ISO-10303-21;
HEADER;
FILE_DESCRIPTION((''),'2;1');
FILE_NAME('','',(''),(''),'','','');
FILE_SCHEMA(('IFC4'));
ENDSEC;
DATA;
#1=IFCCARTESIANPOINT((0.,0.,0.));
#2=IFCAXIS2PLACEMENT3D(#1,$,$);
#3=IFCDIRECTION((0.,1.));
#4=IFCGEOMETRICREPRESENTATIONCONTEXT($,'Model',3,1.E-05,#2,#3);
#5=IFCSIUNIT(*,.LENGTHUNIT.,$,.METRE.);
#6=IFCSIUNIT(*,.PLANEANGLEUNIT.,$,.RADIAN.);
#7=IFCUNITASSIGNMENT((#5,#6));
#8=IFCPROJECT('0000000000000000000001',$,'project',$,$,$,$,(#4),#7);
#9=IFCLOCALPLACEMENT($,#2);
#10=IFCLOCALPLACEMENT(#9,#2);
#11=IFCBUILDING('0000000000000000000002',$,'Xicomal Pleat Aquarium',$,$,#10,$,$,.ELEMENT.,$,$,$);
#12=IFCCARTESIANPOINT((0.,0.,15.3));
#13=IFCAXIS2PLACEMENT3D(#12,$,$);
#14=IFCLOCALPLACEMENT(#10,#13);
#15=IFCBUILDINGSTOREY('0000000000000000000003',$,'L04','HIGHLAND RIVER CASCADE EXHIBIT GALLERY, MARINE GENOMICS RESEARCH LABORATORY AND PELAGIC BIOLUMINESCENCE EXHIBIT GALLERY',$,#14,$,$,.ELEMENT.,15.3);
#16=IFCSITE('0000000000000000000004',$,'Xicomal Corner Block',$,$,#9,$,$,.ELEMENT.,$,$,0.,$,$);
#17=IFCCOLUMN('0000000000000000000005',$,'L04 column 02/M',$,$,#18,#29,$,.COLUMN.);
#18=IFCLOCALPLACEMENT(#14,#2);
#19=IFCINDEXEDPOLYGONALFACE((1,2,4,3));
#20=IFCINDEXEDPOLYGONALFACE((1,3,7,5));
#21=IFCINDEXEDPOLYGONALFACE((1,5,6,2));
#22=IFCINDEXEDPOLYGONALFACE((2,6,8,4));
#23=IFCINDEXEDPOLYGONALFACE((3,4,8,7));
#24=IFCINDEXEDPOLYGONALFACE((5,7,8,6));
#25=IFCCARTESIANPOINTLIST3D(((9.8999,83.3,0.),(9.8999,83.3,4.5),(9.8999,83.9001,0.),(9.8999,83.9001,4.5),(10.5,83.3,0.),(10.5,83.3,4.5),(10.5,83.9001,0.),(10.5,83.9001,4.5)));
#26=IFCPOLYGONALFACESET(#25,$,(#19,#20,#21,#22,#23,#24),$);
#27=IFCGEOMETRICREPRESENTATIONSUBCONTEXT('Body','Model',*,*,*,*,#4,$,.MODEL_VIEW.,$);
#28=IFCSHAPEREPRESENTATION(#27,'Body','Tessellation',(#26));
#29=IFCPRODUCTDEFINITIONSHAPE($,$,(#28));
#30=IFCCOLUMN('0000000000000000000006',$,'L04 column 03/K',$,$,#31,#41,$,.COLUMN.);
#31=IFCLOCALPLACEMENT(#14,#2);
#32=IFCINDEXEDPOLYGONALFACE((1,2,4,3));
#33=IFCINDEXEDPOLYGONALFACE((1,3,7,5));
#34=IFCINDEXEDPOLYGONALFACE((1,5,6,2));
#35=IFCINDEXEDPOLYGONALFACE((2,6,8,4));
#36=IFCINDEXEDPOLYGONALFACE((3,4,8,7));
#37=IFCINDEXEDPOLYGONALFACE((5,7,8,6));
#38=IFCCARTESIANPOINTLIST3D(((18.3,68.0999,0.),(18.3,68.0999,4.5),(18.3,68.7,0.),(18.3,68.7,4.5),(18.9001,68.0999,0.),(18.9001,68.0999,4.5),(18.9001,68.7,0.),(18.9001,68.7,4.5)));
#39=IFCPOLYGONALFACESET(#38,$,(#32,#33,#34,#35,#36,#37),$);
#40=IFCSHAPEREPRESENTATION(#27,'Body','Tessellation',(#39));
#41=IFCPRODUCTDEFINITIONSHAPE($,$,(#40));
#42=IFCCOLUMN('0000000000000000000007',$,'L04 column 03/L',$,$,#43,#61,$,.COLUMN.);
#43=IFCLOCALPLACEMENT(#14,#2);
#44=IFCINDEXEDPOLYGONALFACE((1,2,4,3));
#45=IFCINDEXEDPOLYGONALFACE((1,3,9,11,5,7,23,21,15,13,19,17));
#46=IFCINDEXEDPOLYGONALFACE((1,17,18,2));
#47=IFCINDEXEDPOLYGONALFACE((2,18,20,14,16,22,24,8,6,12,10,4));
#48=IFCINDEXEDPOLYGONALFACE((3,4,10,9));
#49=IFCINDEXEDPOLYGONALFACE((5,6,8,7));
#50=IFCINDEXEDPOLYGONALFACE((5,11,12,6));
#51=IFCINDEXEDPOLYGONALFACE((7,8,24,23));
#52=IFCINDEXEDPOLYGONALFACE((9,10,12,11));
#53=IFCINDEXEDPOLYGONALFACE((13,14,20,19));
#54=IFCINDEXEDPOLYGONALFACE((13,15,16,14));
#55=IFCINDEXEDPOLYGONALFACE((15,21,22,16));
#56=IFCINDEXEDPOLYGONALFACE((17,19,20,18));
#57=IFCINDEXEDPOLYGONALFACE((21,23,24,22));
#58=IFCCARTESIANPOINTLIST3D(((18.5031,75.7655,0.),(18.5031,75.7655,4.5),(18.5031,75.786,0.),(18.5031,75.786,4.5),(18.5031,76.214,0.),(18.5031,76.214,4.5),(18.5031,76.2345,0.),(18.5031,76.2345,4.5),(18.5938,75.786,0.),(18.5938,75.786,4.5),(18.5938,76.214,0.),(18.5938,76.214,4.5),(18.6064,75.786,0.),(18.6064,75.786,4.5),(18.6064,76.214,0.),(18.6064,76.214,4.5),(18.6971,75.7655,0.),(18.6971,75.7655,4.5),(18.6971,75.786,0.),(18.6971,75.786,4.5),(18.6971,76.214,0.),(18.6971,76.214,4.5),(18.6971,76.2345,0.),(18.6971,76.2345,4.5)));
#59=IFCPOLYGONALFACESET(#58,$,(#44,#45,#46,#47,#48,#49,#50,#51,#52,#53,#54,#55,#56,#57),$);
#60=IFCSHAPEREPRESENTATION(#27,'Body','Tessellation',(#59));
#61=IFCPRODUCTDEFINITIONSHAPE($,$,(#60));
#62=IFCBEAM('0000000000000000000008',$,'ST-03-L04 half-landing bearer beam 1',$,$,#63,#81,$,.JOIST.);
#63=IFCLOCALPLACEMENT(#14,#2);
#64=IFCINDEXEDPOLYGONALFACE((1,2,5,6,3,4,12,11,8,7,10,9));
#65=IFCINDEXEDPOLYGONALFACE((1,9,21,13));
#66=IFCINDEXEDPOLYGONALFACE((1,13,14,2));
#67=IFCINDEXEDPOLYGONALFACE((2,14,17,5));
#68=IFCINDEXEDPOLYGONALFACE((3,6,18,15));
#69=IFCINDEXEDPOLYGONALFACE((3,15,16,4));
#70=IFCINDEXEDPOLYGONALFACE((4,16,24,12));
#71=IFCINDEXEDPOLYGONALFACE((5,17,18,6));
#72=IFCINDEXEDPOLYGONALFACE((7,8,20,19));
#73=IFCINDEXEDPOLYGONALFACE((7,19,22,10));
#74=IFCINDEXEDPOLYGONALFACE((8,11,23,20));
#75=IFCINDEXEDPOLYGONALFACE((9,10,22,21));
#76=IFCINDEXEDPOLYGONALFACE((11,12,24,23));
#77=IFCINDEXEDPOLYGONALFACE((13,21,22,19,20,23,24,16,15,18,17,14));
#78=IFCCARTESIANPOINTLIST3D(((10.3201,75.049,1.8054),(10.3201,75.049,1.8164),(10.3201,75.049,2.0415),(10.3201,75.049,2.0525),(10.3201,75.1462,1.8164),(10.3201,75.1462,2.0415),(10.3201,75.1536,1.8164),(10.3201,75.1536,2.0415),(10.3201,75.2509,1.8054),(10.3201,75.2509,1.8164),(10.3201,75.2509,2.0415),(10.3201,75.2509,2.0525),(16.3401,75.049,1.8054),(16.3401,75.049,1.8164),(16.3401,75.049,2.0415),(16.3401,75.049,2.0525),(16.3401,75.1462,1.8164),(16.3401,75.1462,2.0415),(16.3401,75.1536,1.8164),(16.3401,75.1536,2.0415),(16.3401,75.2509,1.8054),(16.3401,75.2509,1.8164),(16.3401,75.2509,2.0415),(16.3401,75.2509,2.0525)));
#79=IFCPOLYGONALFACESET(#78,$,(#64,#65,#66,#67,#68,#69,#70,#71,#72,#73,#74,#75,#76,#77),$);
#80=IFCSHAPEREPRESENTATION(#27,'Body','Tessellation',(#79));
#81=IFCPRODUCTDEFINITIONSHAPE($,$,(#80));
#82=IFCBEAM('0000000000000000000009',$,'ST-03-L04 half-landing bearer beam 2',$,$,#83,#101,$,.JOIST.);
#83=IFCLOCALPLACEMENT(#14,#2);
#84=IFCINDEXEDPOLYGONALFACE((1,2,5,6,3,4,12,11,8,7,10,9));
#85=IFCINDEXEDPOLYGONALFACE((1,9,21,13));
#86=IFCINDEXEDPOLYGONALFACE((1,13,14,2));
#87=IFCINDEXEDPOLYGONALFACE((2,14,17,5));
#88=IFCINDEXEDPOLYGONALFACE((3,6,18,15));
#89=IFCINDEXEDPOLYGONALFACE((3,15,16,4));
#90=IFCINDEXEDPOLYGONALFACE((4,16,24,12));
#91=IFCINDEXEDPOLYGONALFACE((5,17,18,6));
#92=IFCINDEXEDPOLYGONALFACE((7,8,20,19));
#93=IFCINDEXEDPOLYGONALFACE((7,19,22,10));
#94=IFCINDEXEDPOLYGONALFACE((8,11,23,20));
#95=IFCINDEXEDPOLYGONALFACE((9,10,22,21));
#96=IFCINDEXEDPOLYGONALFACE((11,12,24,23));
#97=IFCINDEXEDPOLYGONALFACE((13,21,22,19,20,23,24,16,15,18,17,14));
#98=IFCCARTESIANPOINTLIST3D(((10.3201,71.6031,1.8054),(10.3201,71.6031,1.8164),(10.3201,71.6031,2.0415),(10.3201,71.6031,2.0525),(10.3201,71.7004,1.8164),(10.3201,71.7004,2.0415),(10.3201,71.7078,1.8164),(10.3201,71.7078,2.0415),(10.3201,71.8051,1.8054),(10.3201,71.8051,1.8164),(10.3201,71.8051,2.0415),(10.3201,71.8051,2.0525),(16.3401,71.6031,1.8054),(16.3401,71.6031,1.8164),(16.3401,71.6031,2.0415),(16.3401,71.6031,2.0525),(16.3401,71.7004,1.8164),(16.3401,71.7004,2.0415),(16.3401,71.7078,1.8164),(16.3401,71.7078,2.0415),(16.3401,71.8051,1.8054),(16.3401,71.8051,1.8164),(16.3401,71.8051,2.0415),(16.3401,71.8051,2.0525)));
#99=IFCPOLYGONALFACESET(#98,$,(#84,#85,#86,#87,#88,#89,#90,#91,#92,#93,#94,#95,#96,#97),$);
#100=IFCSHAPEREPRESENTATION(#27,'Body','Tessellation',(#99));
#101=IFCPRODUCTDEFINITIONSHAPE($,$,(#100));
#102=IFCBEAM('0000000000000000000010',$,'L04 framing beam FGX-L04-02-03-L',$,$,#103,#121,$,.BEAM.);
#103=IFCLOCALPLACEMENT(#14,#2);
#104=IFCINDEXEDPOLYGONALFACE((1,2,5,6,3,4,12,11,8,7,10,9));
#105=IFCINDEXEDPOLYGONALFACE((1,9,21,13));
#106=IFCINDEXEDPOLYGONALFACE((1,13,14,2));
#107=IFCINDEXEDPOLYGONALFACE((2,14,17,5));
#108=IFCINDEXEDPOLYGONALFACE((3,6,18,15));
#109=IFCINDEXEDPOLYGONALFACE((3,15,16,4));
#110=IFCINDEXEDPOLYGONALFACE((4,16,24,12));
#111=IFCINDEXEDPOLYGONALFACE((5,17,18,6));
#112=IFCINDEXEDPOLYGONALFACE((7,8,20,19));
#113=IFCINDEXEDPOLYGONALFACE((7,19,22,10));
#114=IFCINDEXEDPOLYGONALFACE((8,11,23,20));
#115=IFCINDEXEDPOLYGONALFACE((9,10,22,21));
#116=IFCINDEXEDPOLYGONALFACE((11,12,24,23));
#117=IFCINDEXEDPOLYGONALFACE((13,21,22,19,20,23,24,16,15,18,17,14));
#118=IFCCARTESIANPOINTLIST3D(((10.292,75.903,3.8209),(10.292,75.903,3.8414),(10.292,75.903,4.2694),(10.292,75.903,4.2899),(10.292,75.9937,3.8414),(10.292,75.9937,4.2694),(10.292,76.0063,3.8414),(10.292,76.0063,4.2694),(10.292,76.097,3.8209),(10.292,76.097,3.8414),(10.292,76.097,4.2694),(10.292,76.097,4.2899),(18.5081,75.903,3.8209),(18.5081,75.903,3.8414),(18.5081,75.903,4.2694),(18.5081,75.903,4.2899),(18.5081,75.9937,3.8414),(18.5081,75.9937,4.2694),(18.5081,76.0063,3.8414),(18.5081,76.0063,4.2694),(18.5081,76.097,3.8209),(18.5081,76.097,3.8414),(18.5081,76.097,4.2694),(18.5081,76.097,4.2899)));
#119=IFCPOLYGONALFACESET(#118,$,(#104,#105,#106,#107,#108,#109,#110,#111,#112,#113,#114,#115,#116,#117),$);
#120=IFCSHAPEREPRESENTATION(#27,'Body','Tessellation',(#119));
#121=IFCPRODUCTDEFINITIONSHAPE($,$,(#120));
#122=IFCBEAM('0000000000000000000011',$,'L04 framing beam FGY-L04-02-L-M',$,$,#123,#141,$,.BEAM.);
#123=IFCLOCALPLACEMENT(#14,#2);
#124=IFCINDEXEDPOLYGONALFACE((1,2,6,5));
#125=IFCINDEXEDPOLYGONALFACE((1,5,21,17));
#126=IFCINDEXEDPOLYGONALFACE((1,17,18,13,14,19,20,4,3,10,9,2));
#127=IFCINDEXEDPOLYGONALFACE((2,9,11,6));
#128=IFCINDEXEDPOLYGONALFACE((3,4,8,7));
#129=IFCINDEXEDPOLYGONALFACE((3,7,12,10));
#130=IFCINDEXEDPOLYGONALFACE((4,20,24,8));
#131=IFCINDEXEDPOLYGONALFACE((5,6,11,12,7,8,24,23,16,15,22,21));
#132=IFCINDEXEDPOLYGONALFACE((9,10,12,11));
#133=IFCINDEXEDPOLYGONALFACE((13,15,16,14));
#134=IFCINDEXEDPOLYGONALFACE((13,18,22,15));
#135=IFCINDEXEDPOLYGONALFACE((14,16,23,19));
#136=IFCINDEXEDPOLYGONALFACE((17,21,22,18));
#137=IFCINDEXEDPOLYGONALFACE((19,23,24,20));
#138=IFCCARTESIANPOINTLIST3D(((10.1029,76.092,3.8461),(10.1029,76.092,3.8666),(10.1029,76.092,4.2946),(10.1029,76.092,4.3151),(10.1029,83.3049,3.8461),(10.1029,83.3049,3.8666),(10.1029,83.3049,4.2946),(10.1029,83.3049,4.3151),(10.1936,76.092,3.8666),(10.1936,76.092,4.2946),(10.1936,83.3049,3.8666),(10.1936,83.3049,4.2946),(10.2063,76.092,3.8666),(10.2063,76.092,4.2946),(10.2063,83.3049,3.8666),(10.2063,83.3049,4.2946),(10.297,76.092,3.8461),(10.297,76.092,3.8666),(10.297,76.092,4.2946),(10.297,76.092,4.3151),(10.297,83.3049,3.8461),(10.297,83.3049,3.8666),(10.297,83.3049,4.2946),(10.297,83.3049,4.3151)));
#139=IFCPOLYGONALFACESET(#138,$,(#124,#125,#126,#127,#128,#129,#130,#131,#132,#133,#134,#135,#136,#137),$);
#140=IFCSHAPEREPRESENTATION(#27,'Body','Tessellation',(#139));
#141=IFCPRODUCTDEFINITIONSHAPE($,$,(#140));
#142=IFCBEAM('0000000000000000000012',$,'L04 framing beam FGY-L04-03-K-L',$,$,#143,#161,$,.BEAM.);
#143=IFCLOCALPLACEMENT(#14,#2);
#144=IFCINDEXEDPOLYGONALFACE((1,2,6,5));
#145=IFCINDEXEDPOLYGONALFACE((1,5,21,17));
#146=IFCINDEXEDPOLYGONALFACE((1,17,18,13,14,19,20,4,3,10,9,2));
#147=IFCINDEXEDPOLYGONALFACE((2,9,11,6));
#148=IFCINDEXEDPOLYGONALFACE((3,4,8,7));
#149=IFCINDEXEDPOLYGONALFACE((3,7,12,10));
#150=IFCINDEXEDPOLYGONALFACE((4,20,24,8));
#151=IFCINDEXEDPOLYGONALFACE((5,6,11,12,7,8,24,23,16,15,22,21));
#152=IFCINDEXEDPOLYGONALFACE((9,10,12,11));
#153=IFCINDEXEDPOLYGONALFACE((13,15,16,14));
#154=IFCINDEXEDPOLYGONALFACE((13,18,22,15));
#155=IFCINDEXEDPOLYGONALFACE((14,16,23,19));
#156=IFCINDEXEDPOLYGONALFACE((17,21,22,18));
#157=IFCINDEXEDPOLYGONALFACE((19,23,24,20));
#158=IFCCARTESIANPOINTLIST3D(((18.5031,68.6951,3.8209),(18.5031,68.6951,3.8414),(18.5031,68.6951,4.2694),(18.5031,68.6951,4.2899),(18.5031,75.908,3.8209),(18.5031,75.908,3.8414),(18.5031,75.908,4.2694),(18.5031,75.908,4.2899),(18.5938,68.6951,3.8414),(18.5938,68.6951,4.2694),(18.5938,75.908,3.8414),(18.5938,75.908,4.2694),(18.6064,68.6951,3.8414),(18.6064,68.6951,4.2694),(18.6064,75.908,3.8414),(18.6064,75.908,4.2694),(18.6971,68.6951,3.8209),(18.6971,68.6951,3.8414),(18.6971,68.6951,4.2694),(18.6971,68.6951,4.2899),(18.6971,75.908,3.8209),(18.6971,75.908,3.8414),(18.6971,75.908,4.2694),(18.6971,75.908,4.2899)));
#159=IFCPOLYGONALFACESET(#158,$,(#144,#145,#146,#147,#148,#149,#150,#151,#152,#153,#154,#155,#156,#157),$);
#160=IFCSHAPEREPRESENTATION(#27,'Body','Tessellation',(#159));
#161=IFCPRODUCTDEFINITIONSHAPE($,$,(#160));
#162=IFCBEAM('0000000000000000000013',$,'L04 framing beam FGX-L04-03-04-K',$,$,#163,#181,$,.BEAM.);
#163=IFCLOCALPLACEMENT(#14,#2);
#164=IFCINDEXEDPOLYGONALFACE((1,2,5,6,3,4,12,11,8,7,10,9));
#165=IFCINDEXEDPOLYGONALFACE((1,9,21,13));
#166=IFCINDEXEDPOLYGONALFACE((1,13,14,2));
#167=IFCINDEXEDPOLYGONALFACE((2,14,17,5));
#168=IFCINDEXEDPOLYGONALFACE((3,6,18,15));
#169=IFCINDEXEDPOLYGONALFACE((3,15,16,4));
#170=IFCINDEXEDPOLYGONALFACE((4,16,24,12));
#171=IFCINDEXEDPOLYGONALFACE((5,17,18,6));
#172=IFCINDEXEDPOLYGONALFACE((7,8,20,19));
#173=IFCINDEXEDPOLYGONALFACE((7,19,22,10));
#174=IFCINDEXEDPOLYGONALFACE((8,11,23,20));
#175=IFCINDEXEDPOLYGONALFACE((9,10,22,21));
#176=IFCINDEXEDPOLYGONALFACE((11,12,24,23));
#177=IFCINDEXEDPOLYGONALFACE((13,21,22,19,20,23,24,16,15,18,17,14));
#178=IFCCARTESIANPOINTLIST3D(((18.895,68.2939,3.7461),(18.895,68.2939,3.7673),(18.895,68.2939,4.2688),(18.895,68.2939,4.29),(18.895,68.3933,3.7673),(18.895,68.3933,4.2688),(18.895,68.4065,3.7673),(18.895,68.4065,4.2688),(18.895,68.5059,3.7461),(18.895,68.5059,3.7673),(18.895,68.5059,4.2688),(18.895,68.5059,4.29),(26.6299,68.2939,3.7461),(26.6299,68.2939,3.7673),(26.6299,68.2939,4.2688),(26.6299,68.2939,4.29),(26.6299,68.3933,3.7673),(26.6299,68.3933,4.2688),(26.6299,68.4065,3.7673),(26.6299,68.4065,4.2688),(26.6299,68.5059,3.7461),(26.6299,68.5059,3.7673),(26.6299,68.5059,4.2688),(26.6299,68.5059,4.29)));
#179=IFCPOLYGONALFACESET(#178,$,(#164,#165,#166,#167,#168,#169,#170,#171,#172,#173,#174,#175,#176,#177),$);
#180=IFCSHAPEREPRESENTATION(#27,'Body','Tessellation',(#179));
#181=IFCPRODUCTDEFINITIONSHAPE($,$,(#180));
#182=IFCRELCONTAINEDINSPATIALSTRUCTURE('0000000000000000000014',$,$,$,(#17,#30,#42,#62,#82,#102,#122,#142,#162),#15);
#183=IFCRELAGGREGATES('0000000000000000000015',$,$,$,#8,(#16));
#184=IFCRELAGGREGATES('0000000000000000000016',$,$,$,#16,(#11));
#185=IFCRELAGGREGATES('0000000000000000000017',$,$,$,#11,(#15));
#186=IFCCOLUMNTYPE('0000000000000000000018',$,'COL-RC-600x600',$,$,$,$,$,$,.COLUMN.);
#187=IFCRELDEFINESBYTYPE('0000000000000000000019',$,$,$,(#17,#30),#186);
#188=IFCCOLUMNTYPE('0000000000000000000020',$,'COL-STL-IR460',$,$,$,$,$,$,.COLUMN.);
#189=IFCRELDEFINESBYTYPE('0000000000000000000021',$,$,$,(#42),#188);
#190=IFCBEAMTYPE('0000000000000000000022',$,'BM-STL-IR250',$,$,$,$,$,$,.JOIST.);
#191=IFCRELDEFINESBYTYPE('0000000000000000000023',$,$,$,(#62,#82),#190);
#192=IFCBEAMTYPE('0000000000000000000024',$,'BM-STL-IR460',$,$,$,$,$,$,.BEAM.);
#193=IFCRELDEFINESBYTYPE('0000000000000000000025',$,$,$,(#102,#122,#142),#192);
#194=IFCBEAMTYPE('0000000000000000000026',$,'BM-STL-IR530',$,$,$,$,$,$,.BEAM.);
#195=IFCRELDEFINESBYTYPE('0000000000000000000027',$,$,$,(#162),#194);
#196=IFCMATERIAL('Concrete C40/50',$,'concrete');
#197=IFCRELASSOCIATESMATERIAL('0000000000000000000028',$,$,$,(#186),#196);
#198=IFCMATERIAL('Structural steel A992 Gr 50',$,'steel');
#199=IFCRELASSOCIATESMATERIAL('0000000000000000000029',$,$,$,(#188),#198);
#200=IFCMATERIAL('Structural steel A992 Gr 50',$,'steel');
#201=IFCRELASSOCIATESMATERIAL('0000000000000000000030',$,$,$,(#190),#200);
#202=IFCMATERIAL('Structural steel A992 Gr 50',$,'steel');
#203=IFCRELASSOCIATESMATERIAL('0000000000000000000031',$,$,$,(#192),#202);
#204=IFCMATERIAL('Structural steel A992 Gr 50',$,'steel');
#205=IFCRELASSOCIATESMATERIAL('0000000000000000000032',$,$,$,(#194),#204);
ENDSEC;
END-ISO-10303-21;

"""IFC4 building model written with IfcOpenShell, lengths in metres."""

from ifc_helpers import new_model, si_unit, direction, frame, origin, origin_2d, place, context, subcontext, project, spatial, rectangle, i_section, extrude, material, material_profile, profile_set, type_object, element, save


model = new_model("IFC4")

# Units and contexts
model_context = context("Model", 3, precision=1e-05, world=origin(), true_north=direction((0.0, 1.0)))
body_context = subcontext(model_context, "Body", "Model", "MODEL_VIEW")
ifc_project = project(units=[si_unit("LENGTHUNIT", "METRE"), si_unit("PLANEANGLEUNIT", "RADIAN")], contexts=[model_context])

# Site, building, storey
site_placement = place(None, origin())
site = spatial("IfcSite", under=ifc_project, at=site_placement, Name="Xicomal Corner Block", CompositionType="ELEMENT", RefElevation=0.0)
building_placement = place(site_placement, origin())
building = spatial("IfcBuilding", under=site, at=building_placement, Name="Xicomal Pleat Aquarium", CompositionType="ELEMENT")
storey_placement = place(building_placement, frame((0.0, 0.0, 15.3)))
storey = spatial("IfcBuildingStorey", under=building, at=storey_placement, Name="L04", Description="HIGHLAND RIVER CASCADE EXHIBIT GALLERY, MARINE GENOMICS RESEARCH LABORATORY AND PELAGIC BIOLUMINESCENCE EXHIBIT GALLERY", CompositionType="ELEMENT", Elevation=15.3)

# Columns
ifc_material_1 = material(Name="Concrete C40/50", Category="concrete")
ifc_material_profile_1 = material_profile(ifc_material_1, rectangle(XDim=0.6001, YDim=0.6001, at=origin_2d()), Name="RC 600x600")
ifc_profile_set_1 = profile_set([ifc_material_profile_1], Name="Concrete C40/50")
column_type_1 = type_object("IfcColumnType", Name="COL-RC-600x600", PredefinedType="COLUMN", material=ifc_profile_set_1)
for number, where, z_axis, x_axis, name in (
    (1, (10.2, 83.6001, 0.0), (0.0, 0.0, 1.0), (1.0, 0.0, 0.0), "L04 column 02/M"),
    (2, (18.6001, 68.3999, 0.0), (0.0, 0.0, 1.0), (1.0, 0.0, 0.0), "L04 column 03/K"),
):
    element("IfcColumn", number, at=place(storey_placement, frame(where, z_axis=z_axis, x_axis=x_axis)), inside=storey, type_object=column_type_1, Name=name, PredefinedType="COLUMN", context=body_context, shape_type="SweptSolid", body=[
        extrude(rectangle(XDim=0.6001, YDim=0.6001, at=origin_2d()), origin(), (0.0, 0.0, 1.0), 4.5),
    ])
ifc_material_2 = material(Name="Structural steel A992 Gr 50", Category="steel")
ifc_material_profile_2 = material_profile(ifc_material_2, i_section(OverallWidth=0.1941, OverallDepth=0.469, WebThickness=0.0127, FlangeThickness=0.0205, at=origin_2d()), Name="IR 460x106")
ifc_profile_set_2 = profile_set([ifc_material_profile_2], Name="Structural steel A992 Gr 50")
column_type_2 = type_object("IfcColumnType", Name="COL-STL-IR460", PredefinedType="COLUMN", material=ifc_profile_set_2)
column_placement = place(storey_placement, frame((18.6001, 76.0, 0.0), z_axis=(0.0, 0.0, 1.0), x_axis=(1.0, 0.0, 0.0)))
element("IfcColumn", 3, at=column_placement, inside=storey, type_object=column_type_2, Name="L04 column 03/L", PredefinedType="COLUMN", context=body_context, shape_type="SweptSolid", body=[
    extrude(i_section(OverallWidth=0.1941, OverallDepth=0.469, WebThickness=0.0127, FlangeThickness=0.0205, at=origin_2d()), origin(), (0.0, 0.0, 1.0), 4.5),
])

# Beams
ifc_material_3 = material(Name="Structural steel A992 Gr 50", Category="steel")
ifc_material_profile_3 = material_profile(ifc_material_3, i_section(OverallWidth=0.2019, OverallDepth=0.2471, WebThickness=0.0073, FlangeThickness=0.011, at=origin_2d()), Name="IR 250x49")
ifc_profile_set_3 = profile_set([ifc_material_profile_3], Name="Structural steel A992 Gr 50")
beam_type_1 = type_object("IfcBeamType", Name="BM-STL-IR250", PredefinedType="JOIST", material=ifc_profile_set_3)
for number, where, z_axis, x_axis, name in (
    (4, (10.3201, 75.1499, 1.929), (1.0, 0.0, 0.0), (0.0, 1.0, 0.0), "ST-03-L04 half-landing bearer beam 1"),
    (5, (10.3201, 71.7041, 1.929), (1.0, 0.0, 0.0), (0.0, 1.0, 0.0), "ST-03-L04 half-landing bearer beam 2"),
):
    element("IfcBeam", number, at=place(storey_placement, frame(where, z_axis=z_axis, x_axis=x_axis)), inside=storey, type_object=beam_type_1, Name=name, PredefinedType="JOIST", context=body_context, shape_type="SweptSolid", body=[
        extrude(i_section(OverallWidth=0.2019, OverallDepth=0.2471, WebThickness=0.0073, FlangeThickness=0.011, at=origin_2d()), origin(), (0.0, 0.0, 1.0), 6.02),
    ])
ifc_material_4 = material(Name="Structural steel A992 Gr 50", Category="steel")
ifc_material_profile_4 = material_profile(ifc_material_4, i_section(OverallWidth=0.1941, OverallDepth=0.469, WebThickness=0.0127, FlangeThickness=0.0205, at=origin_2d()), Name="IR 460x106")
ifc_profile_set_4 = profile_set([ifc_material_profile_4], Name="Structural steel A992 Gr 50")
beam_type_2 = type_object("IfcBeamType", Name="BM-STL-IR460", PredefinedType="BEAM", material=ifc_profile_set_4)
beam_1_placement = place(storey_placement, frame((10.292, 76.0, 4.0554), z_axis=(1.0, 0.0, 0.0), x_axis=(0.0, 1.0, 0.0)))
element("IfcBeam", 6, at=beam_1_placement, inside=storey, type_object=beam_type_2, Name="L04 framing beam FGX-L04-02-03-L", PredefinedType="BEAM", context=body_context, shape_type="SweptSolid", body=[
    extrude(i_section(OverallWidth=0.1941, OverallDepth=0.469, WebThickness=0.0127, FlangeThickness=0.0205, at=origin_2d()), origin(), (0.0, 0.0, 1.0), 8.2161),
])
for number, where, z_axis, x_axis, name in (
    (7, (10.2, 76.092, 4.0806), (0.0, 1.0, 0.0), (-1.0, 0.0, 0.0), "L04 framing beam FGY-L04-02-L-M"),
    (8, (18.6001, 68.6951, 4.0554), (0.0, 1.0, 0.0), (-1.0, 0.0, 0.0), "L04 framing beam FGY-L04-03-K-L"),
):
    element("IfcBeam", number, at=place(storey_placement, frame(where, z_axis=z_axis, x_axis=x_axis)), inside=storey, type_object=beam_type_2, Name=name, PredefinedType="BEAM", context=body_context, shape_type="SweptSolid", body=[
        extrude(i_section(OverallWidth=0.1941, OverallDepth=0.469, WebThickness=0.0127, FlangeThickness=0.0205, at=origin_2d()), origin(), (0.0, 0.0, 1.0), 7.2129),
    ])
ifc_material_5 = material(Name="Structural steel A992 Gr 50", Category="steel")
ifc_material_profile_5 = material_profile(ifc_material_5, i_section(OverallWidth=0.2119, OverallDepth=0.5439, WebThickness=0.0132, FlangeThickness=0.0212, at=origin_2d()), Name="IR 530x123")
ifc_profile_set_5 = profile_set([ifc_material_profile_5], Name="Structural steel A992 Gr 50")
beam_type_3 = type_object("IfcBeamType", Name="BM-STL-IR530", PredefinedType="BEAM", material=ifc_profile_set_5)
beam_2_placement = place(storey_placement, frame((18.895, 68.3999, 4.0181), z_axis=(1.0, 0.0, 0.0), x_axis=(0.0, 1.0, 0.0)))
element("IfcBeam", 9, at=beam_2_placement, inside=storey, type_object=beam_type_3, Name="L04 framing beam FGX-L04-03-04-K", PredefinedType="BEAM", context=body_context, shape_type="SweptSolid", body=[
    extrude(i_section(OverallWidth=0.2119, OverallDepth=0.5439, WebThickness=0.0132, FlangeThickness=0.0212, at=origin_2d()), origin(), (0.0, 0.0, 1.0), 7.7349),
])

save(model, "model.ifc")
